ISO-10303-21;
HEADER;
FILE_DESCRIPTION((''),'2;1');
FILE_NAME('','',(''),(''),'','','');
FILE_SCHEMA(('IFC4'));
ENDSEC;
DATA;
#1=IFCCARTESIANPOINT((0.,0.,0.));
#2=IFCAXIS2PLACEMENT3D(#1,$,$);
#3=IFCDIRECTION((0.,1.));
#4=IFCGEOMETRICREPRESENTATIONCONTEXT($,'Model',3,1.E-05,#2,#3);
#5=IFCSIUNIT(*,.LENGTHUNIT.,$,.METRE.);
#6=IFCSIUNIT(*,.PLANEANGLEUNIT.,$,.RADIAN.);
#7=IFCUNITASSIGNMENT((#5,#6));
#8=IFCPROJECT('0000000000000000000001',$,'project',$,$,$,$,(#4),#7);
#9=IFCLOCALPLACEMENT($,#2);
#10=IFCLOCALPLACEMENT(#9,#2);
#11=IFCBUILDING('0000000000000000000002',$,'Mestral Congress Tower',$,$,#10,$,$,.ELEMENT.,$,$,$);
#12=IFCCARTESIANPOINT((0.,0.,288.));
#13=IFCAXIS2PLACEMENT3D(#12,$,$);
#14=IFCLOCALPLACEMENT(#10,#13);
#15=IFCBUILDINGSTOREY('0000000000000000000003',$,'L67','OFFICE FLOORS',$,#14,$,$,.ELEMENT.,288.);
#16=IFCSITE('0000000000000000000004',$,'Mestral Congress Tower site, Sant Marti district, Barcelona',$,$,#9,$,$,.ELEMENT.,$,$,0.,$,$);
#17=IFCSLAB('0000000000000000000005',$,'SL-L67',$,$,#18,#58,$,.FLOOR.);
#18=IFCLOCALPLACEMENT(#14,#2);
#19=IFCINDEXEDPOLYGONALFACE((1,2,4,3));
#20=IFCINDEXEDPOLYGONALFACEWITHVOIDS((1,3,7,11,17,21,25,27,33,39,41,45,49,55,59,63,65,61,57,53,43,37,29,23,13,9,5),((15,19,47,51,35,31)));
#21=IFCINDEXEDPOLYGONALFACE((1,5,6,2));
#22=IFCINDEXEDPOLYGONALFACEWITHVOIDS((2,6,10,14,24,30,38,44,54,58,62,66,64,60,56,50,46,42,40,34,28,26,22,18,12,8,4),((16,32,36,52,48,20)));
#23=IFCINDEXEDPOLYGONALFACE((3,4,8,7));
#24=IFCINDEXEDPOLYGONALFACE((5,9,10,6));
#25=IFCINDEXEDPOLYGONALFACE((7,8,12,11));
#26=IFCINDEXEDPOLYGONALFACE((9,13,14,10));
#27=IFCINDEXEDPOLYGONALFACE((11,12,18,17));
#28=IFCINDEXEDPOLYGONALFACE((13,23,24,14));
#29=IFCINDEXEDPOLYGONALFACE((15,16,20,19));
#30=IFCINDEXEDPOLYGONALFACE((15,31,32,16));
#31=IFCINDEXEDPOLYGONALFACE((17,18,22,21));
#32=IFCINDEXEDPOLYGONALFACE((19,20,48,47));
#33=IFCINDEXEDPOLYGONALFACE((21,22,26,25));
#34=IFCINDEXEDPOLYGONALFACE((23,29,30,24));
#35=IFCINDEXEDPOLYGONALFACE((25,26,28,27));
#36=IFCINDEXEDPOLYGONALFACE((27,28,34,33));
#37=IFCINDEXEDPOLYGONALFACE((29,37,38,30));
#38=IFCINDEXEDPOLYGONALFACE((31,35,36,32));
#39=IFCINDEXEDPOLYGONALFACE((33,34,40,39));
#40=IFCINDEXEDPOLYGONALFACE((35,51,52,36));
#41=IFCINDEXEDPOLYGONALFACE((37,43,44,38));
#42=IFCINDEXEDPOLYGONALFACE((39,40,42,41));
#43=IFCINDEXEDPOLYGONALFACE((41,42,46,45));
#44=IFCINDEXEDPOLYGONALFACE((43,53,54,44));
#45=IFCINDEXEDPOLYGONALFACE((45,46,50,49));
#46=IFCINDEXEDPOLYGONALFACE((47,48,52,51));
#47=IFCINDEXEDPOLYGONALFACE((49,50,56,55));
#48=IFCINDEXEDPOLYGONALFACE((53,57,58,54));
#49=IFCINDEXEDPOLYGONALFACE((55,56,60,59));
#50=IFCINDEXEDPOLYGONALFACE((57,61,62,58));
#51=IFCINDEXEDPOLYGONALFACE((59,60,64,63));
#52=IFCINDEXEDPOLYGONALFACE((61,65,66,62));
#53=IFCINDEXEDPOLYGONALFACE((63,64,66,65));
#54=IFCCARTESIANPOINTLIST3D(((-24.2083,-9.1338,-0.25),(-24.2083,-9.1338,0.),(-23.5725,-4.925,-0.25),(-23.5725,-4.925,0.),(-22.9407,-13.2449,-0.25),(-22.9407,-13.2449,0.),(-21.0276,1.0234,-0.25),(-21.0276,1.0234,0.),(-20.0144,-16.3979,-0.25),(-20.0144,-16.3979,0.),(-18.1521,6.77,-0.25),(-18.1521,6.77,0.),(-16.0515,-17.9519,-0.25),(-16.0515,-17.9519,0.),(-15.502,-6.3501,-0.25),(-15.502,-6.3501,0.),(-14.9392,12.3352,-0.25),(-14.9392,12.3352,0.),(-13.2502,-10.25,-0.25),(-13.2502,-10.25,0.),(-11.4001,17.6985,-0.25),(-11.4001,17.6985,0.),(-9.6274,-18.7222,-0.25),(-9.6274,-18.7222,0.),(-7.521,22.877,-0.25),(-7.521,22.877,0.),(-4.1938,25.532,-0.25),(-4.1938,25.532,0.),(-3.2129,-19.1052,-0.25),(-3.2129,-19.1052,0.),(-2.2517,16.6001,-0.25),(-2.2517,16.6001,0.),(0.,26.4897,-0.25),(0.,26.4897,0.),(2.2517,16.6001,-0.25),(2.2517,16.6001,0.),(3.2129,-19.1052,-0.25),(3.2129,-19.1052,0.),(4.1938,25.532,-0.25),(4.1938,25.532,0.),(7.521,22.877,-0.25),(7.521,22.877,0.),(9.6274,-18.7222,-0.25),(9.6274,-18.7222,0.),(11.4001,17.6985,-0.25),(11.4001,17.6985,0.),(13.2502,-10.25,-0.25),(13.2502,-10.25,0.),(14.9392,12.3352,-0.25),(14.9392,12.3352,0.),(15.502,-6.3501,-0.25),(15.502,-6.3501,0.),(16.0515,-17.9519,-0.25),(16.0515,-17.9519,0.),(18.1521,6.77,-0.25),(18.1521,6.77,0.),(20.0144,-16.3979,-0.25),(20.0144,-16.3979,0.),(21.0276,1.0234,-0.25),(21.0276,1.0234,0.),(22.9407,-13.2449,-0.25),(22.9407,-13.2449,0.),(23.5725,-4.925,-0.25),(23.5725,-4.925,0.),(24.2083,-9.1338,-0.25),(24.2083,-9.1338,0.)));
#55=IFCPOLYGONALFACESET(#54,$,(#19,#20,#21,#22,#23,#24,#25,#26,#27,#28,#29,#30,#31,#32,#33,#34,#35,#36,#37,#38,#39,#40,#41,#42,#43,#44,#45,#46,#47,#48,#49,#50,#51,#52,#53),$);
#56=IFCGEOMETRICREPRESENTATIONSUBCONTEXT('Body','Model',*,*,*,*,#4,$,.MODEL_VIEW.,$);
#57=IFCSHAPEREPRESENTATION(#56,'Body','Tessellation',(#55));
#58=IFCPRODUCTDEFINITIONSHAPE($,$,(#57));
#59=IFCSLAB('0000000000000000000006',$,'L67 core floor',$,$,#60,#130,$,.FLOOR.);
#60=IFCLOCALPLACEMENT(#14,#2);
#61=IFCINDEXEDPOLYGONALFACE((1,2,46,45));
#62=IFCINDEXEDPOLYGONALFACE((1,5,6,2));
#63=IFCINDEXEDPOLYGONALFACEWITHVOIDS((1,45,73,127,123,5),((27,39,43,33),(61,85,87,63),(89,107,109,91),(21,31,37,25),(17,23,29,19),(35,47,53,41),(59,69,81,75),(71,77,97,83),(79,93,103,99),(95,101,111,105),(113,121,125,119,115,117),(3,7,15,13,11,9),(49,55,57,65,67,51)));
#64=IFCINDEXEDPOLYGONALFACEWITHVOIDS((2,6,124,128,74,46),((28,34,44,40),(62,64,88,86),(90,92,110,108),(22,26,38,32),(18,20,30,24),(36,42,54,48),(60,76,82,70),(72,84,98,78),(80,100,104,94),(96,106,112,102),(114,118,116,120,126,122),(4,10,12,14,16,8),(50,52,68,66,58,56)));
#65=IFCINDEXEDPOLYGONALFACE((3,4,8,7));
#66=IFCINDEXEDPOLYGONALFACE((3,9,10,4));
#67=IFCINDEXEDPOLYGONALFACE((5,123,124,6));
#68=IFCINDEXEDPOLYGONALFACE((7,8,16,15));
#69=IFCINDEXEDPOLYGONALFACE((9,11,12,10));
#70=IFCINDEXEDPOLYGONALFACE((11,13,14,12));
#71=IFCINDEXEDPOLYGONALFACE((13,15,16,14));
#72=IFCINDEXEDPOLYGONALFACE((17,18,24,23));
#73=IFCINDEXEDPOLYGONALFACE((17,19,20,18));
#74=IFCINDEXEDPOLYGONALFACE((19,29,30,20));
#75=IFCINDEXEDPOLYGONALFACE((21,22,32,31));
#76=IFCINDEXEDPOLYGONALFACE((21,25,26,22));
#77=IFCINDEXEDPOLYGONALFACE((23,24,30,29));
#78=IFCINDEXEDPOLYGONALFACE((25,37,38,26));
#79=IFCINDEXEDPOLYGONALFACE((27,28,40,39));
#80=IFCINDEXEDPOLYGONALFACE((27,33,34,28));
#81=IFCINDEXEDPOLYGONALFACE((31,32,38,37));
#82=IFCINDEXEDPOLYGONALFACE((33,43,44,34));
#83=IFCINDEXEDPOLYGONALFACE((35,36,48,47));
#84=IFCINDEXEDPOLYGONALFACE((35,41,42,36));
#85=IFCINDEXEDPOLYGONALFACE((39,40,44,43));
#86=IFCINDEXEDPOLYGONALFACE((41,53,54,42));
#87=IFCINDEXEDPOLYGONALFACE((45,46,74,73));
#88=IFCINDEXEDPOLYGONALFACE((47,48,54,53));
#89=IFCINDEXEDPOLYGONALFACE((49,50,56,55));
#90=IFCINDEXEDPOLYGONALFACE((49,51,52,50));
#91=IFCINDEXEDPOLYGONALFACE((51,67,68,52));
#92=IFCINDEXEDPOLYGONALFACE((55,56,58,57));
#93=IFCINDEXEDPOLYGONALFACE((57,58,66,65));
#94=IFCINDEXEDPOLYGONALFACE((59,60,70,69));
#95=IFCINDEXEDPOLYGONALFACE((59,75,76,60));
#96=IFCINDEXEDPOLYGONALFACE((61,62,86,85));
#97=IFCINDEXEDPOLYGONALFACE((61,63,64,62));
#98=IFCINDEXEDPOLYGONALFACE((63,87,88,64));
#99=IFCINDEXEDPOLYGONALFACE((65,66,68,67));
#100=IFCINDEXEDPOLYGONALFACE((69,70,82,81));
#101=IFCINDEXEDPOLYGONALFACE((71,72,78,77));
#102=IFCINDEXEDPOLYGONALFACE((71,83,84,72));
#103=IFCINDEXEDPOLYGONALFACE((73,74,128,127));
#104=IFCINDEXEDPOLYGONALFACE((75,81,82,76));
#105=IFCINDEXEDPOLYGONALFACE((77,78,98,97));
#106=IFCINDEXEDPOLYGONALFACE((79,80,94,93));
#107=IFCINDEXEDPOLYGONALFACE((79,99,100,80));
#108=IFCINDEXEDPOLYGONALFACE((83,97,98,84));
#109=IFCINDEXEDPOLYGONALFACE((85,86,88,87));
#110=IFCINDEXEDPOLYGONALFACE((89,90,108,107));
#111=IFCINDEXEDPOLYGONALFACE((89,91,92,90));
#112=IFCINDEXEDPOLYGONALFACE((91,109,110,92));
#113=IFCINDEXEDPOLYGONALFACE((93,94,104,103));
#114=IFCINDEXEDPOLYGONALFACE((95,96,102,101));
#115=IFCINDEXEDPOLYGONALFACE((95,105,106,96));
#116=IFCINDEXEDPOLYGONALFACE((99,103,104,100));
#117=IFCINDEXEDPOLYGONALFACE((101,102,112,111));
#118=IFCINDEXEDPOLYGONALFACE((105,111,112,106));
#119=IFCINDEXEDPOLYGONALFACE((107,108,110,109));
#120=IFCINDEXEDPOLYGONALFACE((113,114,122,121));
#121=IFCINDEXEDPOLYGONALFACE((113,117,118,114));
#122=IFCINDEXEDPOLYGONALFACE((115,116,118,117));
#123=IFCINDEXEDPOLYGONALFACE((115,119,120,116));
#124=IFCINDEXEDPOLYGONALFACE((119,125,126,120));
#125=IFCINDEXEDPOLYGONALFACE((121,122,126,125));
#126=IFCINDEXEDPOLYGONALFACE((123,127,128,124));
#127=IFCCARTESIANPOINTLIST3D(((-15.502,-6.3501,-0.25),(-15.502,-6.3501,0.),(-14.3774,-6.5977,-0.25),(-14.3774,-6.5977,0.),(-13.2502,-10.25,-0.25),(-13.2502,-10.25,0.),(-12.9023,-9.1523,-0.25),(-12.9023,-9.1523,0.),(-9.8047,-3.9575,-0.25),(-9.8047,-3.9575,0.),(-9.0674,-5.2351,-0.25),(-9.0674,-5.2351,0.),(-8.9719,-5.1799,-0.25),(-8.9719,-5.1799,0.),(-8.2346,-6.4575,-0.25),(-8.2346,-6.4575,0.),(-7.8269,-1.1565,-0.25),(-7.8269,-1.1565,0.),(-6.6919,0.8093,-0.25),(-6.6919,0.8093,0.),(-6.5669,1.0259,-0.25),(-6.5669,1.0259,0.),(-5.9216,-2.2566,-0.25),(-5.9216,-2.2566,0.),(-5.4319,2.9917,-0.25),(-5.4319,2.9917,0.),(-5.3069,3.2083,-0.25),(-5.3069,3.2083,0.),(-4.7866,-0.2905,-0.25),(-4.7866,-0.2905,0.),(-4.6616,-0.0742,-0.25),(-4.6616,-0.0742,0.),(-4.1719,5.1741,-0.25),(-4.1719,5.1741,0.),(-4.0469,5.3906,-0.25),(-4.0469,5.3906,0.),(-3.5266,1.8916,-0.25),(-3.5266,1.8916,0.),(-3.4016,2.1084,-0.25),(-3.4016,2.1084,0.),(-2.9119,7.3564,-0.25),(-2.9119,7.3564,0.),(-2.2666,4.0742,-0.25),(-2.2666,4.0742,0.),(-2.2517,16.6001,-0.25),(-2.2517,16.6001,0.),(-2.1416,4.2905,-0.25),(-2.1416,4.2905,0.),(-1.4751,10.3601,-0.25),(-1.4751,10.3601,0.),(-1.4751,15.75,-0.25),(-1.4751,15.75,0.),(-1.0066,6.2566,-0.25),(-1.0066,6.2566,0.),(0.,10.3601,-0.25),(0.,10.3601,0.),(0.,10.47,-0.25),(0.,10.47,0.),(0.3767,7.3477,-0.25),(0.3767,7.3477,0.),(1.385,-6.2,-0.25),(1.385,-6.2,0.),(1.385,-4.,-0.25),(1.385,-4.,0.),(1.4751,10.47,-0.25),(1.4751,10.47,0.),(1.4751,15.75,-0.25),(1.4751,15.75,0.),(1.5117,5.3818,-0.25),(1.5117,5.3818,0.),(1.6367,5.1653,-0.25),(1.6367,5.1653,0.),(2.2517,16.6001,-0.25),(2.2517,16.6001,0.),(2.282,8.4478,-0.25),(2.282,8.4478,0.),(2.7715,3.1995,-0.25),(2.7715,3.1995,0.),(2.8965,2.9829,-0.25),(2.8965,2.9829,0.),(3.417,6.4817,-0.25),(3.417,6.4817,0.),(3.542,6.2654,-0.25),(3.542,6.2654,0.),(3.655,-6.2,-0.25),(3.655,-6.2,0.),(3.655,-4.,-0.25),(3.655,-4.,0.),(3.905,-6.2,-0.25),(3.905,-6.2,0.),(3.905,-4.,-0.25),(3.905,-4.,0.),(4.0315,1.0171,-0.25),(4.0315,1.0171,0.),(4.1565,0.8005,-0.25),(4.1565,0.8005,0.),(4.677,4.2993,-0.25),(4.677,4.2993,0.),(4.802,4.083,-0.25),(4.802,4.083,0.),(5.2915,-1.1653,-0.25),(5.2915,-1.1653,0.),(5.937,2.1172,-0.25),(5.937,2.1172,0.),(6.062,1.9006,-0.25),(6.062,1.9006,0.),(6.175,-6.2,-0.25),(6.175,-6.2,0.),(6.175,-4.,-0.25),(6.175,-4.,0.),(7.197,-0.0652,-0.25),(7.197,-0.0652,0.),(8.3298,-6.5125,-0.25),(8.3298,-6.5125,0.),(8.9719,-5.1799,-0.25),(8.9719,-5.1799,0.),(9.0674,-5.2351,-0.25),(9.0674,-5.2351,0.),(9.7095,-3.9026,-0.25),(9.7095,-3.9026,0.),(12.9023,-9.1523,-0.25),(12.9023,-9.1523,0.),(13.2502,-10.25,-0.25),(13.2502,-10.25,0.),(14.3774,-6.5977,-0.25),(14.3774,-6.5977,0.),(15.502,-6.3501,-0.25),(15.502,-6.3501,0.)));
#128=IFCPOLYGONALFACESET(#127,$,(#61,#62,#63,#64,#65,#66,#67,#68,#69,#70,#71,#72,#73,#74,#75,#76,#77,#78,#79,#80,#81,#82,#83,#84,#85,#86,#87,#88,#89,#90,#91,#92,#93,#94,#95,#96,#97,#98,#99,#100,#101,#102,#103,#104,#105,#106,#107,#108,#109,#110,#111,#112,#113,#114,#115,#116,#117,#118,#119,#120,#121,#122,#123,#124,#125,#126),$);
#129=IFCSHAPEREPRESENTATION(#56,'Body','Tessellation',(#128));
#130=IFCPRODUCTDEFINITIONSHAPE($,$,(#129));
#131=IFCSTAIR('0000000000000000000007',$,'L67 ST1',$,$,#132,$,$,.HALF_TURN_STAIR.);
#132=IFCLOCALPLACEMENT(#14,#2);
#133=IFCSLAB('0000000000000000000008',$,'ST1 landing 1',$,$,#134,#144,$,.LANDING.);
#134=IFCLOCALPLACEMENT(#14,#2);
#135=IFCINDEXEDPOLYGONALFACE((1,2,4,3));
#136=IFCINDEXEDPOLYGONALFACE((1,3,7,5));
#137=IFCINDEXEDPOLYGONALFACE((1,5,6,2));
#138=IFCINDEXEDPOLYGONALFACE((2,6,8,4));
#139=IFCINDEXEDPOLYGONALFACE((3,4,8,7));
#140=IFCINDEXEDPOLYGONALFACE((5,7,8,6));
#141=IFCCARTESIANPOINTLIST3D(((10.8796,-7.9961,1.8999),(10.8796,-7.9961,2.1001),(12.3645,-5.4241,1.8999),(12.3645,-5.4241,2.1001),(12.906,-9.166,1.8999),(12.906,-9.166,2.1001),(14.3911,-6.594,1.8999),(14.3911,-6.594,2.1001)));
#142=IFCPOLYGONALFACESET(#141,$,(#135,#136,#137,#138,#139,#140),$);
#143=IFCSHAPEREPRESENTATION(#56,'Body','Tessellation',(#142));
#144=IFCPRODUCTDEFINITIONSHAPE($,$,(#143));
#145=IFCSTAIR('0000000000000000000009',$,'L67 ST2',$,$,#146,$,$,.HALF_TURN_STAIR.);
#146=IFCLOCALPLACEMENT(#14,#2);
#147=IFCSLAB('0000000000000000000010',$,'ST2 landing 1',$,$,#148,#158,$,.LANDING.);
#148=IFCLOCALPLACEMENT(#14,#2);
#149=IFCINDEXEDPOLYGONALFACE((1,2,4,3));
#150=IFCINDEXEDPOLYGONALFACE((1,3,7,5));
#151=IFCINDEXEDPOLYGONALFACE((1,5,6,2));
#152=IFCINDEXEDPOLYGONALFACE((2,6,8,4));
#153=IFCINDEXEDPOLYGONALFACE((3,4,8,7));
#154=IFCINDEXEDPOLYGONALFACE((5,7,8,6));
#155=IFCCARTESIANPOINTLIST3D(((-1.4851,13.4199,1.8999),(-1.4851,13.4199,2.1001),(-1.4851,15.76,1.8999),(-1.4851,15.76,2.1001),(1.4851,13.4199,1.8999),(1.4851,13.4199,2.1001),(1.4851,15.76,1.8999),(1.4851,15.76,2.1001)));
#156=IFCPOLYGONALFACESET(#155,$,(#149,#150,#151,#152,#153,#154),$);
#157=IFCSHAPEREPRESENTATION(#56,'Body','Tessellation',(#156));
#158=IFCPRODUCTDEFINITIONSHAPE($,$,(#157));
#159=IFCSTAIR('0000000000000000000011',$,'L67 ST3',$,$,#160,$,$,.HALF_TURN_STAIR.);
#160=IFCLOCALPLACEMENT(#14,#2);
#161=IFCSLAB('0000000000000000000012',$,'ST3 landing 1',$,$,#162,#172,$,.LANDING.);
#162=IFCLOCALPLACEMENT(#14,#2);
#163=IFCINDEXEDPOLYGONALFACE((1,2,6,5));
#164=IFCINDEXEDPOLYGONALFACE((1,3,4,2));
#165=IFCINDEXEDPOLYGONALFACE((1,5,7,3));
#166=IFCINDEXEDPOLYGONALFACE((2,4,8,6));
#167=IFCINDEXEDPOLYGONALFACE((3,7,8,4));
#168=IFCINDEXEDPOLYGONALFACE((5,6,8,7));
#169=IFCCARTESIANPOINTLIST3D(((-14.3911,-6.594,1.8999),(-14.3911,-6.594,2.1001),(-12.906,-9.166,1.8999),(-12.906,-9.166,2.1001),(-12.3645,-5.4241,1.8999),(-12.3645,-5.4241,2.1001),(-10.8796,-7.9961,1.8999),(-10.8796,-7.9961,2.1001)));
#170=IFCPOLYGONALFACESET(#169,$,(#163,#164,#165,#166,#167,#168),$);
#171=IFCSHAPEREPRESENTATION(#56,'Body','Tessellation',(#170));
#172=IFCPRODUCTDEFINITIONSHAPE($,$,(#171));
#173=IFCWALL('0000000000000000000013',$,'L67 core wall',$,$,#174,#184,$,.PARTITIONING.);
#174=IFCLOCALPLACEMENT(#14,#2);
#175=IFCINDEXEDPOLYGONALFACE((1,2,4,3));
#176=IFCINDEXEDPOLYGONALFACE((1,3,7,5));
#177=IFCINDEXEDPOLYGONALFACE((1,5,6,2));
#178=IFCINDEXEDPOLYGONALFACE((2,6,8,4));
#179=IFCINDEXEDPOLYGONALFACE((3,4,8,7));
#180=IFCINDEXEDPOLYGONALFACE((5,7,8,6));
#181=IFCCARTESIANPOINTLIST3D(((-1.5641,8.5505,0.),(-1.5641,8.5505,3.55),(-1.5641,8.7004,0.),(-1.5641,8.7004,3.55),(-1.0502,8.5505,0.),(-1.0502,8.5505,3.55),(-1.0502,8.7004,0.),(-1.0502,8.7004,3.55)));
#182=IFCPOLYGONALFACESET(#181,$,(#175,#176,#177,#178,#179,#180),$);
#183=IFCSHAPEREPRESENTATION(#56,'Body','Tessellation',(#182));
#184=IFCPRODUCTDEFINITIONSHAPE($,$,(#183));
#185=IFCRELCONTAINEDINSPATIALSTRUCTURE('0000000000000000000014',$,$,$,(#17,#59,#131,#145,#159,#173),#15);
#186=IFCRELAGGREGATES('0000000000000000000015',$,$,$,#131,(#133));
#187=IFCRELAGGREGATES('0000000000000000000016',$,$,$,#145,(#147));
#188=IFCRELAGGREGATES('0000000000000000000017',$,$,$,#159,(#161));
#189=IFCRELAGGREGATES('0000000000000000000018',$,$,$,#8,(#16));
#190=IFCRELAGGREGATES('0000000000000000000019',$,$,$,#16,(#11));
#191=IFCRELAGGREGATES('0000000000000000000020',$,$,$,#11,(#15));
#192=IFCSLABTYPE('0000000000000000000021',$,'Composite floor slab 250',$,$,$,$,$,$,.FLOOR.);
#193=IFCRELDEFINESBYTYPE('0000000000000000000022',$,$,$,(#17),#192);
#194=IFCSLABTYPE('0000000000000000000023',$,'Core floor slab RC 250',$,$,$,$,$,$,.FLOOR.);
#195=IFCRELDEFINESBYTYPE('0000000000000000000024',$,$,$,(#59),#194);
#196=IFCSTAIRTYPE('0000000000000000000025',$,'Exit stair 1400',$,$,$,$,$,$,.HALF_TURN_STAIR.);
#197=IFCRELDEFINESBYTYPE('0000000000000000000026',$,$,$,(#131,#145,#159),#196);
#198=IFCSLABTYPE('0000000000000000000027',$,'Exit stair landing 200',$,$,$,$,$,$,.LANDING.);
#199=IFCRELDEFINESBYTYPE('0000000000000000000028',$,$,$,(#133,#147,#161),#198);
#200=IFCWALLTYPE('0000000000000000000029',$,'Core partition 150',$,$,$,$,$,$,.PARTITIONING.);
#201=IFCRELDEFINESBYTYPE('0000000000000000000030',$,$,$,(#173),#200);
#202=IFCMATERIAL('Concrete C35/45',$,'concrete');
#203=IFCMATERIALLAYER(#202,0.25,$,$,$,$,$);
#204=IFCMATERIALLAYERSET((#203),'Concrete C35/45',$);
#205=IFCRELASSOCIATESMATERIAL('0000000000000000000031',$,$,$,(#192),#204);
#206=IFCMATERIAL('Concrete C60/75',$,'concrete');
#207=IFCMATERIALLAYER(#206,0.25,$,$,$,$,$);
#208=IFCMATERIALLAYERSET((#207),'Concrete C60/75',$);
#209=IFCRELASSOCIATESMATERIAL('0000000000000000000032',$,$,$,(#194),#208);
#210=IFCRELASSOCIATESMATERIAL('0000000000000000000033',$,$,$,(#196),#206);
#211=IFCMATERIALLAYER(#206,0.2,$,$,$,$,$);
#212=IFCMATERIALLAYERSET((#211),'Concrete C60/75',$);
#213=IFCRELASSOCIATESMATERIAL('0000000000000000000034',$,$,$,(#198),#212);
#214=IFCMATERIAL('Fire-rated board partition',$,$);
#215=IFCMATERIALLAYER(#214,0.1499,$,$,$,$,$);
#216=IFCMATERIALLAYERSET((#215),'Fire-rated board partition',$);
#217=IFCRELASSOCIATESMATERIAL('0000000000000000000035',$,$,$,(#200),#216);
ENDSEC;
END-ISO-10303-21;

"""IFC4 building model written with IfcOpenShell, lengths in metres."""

from ifc_helpers import new_model, si_unit, direction, frame, frame_2d, origin, place, context, subcontext, project, spatial, polyline, rectangle, outline, extrude, material, layer, layer_set, type_object, element, aggregate, save


model = new_model("IFC4")

# Units and contexts
model_context = context("Model", 3, precision=1e-05, world=origin(), true_north=direction((0.0, 1.0)))
body_context = subcontext(model_context, "Body", "Model", "MODEL_VIEW")
ifc_project = project(units=[si_unit("LENGTHUNIT", "METRE"), si_unit("PLANEANGLEUNIT", "RADIAN")], contexts=[model_context])

# Site, building, storey
site_placement = place(None, origin())
site = spatial("IfcSite", under=ifc_project, at=site_placement, Name="Mestral Congress Tower site, Sant Marti district, Barcelona", CompositionType="ELEMENT", RefElevation=0.0)
building_placement = place(site_placement, origin())
building = spatial("IfcBuilding", under=site, at=building_placement, Name="Mestral Congress Tower", CompositionType="ELEMENT")
storey_placement = place(building_placement, frame((0.0, 0.0, 288.0)))
storey = spatial("IfcBuildingStorey", under=building, at=storey_placement, Name="L67", Description="OFFICE FLOORS", CompositionType="ELEMENT", Elevation=288.0)

# Slabs
ifc_material_1 = material(Name="Concrete C35/45", Category="concrete")
ifc_layer_1 = layer(ifc_material_1, 0.25)
ifc_layer_set_1 = layer_set([ifc_layer_1], Name="Concrete C35/45")
slab_type_1 = type_object("IfcSlabType", Name="Composite floor slab 250", PredefinedType="FLOOR", material=ifc_layer_set_1)
placement_1 = place(storey_placement, frame((0.0, 0.0, -0.25)))
element("IfcSlab", 1, at=placement_1, inside=storey, type_object=slab_type_1, Name="SL-L67", PredefinedType="FLOOR", context=body_context, shape_type="SweptSolid", body=[
    extrude(outline(polyline([(-16.0515, -17.9519), (-20.0144, -16.3979), (-22.9407, -13.2449), (-24.2083, -9.1338), (-23.5725, -4.925), (-21.0276, 1.0234), (-18.1521, 6.77), (-14.9392, 12.3352), (-11.4001, 17.6985), (-7.521, 22.877), (-4.1938, 25.532), (0.0, 26.4897), (4.1938, 25.532), (7.521, 22.877), (11.4001, 17.6985), (14.9392, 12.3352), (18.1521, 6.77), (21.0276, 1.0234), (23.5725, -4.925), (24.2083, -9.1338), (22.9407, -13.2449), (20.0144, -16.3979), (16.0515, -17.9519), (9.6274, -18.7222), (3.2129, -19.1052), (-3.2129, -19.1052), (-9.6274, -18.7222), (-16.0515, -17.9519)]), holes=[polyline([(-2.2517, 16.6001), (-15.502, -6.3501), (-13.2502, -10.25), (13.2502, -10.25), (15.502, -6.3501), (2.2517, 16.6001), (-2.2517, 16.6001)])]), origin(), (0.0, 0.0, 1.0), 0.25),
])
ifc_material_2 = material(Name="Concrete C60/75", Category="concrete")
ifc_layer_2 = layer(ifc_material_2, 0.25)
ifc_layer_set_2 = layer_set([ifc_layer_2], Name="Concrete C60/75")
slab_type_2 = type_object("IfcSlabType", Name="Core floor slab RC 250", PredefinedType="FLOOR", material=ifc_layer_set_2)
element("IfcSlab", 2, at=placement_1, inside=storey, type_object=slab_type_2, Name="L67 core floor", PredefinedType="FLOOR", context=body_context, shape_type="SweptSolid", body=[
    extrude(outline(polyline([(13.2502, -10.25), (-13.2502, -10.25), (-15.502, -6.3501), (-2.2517, 16.6001), (2.2517, 16.6001), (15.502, -6.3501), (13.2502, -10.25)]), holes=[polyline([(-14.3774, -6.5977), (-12.9023, -9.1523), (-8.2346, -6.4575), (-8.9719, -5.1799), (-9.0674, -5.2351), (-9.8047, -3.9575), (-14.3774, -6.5977)]), polyline([(-5.9216, -2.2566), (-4.7866, -0.2905), (-6.6919, 0.8093), (-7.8269, -1.1565), (-5.9216, -2.2566)]), polyline([(-4.6616, -0.0742), (-3.5266, 1.8916), (-5.4319, 2.9917), (-6.5669, 1.0259), (-4.6616, -0.0742)]), polyline([(-2.2666, 4.0742), (-4.1719, 5.1741), (-5.3069, 3.2083), (-3.4016, 2.1084), (-2.2666, 4.0742)]), polyline([(-2.1416, 4.2905), (-1.0066, 6.2566), (-2.9119, 7.3564), (-4.0469, 5.3906), (-2.1416, 4.2905)]), polyline([(0.3767, 7.3477), (1.5117, 5.3818), (3.417, 6.4817), (2.282, 8.4478), (0.3767, 7.3477)]), polyline([(1.4751, 15.75), (-1.4751, 15.75), (-1.4751, 10.3601), (0.0, 10.3601), (0.0, 10.47), (1.4751, 10.47), (1.4751, 15.75)]), polyline([(8.3298, -6.5125), (12.9023, -9.1523), (14.3774, -6.5977), (9.7095, -3.9026), (8.9719, -5.1799), (9.0674, -5.2351), (8.3298, -6.5125)]), polyline([(3.655, -4.0), (1.385, -4.0), (1.385, -6.2), (3.655, -6.2), (3.655, -4.0)]), polyline([(6.175, -4.0), (3.905, -4.0), (3.905, -6.2), (6.175, -6.2), (6.175, -4.0)]), polyline([(4.1565, 0.8005), (5.2915, -1.1653), (7.197, -0.0652), (6.062, 1.9006), (4.1565, 0.8005)]), polyline([(2.8965, 2.9829), (4.0315, 1.0171), (5.937, 2.1172), (4.802, 4.083), (2.8965, 2.9829)]), polyline([(1.6367, 5.1653), (2.7715, 3.1995), (4.677, 4.2993), (3.542, 6.2654), (1.6367, 5.1653)])]), origin(), (0.0, 0.0, 1.0), 0.25),
])

# Stairs, slabs
stair_type = type_object("IfcStairType", Name="Exit stair 1400", PredefinedType="HALF_TURN_STAIR", material=ifc_material_2)
placement_2 = place(storey_placement, origin())
stair_1 = element("IfcStair", 3, at=placement_2, inside=storey, type_object=stair_type, Name="L67 ST1", PredefinedType="HALF_TURN_STAIR")
ifc_layer_3 = layer(ifc_material_2, 0.2)
ifc_layer_set_3 = layer_set([ifc_layer_3], Name="Concrete C60/75")
slab_type_3 = type_object("IfcSlabType", Name="Exit stair landing 200", PredefinedType="LANDING", material=ifc_layer_set_3)
placement_3 = place(storey_placement, frame((0.0, 0.0, 1.8999)))
slab_1 = element("IfcSlab", 4, at=placement_3, type_object=slab_type_3, Name="ST1 landing 1", PredefinedType="LANDING", context=body_context, shape_type="SweptSolid", body=[
    extrude(outline(polyline([(10.8796, -7.9961), (12.3645, -5.4241), (14.3911, -6.594), (12.906, -9.166), (10.8796, -7.9961)])), origin(), (0.0, 0.0, 1.0), 0.2002),
])
aggregate(stair_1, [slab_1])
stair_2 = element("IfcStair", 5, at=placement_2, inside=storey, type_object=stair_type, Name="L67 ST2", PredefinedType="HALF_TURN_STAIR")
slab_2 = element("IfcSlab", 6, at=placement_3, type_object=slab_type_3, Name="ST2 landing 1", PredefinedType="LANDING", context=body_context, shape_type="SweptSolid", body=[
    extrude(outline(polyline([(1.4851, 13.4199), (-1.4851, 13.4199), (-1.4851, 15.76), (1.4851, 15.76), (1.4851, 13.4199)])), origin(), (0.0, 0.0, 1.0), 0.2002),
])
aggregate(stair_2, [slab_2])
stair_3 = element("IfcStair", 7, at=placement_2, inside=storey, type_object=stair_type, Name="L67 ST3", PredefinedType="HALF_TURN_STAIR")
slab_3 = element("IfcSlab", 8, at=placement_3, type_object=slab_type_3, Name="ST3 landing 1", PredefinedType="LANDING", context=body_context, shape_type="SweptSolid", body=[
    extrude(outline(polyline([(-12.3645, -5.4241), (-10.8796, -7.9961), (-12.906, -9.166), (-14.3911, -6.594), (-12.3645, -5.4241)])), origin(), (0.0, 0.0, 1.0), 0.2002),
])
aggregate(stair_3, [slab_3])

# Wall
ifc_material_3 = material(Name="Fire-rated board partition")
ifc_layer_4 = layer(ifc_material_3, 0.1499)
ifc_layer_set_4 = layer_set([ifc_layer_4], Name="Fire-rated board partition")
wall_type_1 = type_object("IfcWallType", Name="Core partition 150", PredefinedType="PARTITIONING", material=ifc_layer_set_4)
wall_1_placement = place(storey_placement, frame((-1.564, 8.6255, 0.0), z_axis=(0.0, 0.0, 1.0), x_axis=(1.0, 0.0, 0.0)))
element("IfcWall", 9, at=wall_1_placement, inside=storey, type_object=wall_type_1, Name="L67 core wall", PredefinedType="PARTITIONING", context=body_context, shape_type="SweptSolid", body=[
    extrude(rectangle(XDim=0.5139, YDim=0.1499, at=frame_2d((0.2568, 0.0))), origin(), (0.0, 0.0, 1.0), 3.55),
])

save(model, "model.ifc")
